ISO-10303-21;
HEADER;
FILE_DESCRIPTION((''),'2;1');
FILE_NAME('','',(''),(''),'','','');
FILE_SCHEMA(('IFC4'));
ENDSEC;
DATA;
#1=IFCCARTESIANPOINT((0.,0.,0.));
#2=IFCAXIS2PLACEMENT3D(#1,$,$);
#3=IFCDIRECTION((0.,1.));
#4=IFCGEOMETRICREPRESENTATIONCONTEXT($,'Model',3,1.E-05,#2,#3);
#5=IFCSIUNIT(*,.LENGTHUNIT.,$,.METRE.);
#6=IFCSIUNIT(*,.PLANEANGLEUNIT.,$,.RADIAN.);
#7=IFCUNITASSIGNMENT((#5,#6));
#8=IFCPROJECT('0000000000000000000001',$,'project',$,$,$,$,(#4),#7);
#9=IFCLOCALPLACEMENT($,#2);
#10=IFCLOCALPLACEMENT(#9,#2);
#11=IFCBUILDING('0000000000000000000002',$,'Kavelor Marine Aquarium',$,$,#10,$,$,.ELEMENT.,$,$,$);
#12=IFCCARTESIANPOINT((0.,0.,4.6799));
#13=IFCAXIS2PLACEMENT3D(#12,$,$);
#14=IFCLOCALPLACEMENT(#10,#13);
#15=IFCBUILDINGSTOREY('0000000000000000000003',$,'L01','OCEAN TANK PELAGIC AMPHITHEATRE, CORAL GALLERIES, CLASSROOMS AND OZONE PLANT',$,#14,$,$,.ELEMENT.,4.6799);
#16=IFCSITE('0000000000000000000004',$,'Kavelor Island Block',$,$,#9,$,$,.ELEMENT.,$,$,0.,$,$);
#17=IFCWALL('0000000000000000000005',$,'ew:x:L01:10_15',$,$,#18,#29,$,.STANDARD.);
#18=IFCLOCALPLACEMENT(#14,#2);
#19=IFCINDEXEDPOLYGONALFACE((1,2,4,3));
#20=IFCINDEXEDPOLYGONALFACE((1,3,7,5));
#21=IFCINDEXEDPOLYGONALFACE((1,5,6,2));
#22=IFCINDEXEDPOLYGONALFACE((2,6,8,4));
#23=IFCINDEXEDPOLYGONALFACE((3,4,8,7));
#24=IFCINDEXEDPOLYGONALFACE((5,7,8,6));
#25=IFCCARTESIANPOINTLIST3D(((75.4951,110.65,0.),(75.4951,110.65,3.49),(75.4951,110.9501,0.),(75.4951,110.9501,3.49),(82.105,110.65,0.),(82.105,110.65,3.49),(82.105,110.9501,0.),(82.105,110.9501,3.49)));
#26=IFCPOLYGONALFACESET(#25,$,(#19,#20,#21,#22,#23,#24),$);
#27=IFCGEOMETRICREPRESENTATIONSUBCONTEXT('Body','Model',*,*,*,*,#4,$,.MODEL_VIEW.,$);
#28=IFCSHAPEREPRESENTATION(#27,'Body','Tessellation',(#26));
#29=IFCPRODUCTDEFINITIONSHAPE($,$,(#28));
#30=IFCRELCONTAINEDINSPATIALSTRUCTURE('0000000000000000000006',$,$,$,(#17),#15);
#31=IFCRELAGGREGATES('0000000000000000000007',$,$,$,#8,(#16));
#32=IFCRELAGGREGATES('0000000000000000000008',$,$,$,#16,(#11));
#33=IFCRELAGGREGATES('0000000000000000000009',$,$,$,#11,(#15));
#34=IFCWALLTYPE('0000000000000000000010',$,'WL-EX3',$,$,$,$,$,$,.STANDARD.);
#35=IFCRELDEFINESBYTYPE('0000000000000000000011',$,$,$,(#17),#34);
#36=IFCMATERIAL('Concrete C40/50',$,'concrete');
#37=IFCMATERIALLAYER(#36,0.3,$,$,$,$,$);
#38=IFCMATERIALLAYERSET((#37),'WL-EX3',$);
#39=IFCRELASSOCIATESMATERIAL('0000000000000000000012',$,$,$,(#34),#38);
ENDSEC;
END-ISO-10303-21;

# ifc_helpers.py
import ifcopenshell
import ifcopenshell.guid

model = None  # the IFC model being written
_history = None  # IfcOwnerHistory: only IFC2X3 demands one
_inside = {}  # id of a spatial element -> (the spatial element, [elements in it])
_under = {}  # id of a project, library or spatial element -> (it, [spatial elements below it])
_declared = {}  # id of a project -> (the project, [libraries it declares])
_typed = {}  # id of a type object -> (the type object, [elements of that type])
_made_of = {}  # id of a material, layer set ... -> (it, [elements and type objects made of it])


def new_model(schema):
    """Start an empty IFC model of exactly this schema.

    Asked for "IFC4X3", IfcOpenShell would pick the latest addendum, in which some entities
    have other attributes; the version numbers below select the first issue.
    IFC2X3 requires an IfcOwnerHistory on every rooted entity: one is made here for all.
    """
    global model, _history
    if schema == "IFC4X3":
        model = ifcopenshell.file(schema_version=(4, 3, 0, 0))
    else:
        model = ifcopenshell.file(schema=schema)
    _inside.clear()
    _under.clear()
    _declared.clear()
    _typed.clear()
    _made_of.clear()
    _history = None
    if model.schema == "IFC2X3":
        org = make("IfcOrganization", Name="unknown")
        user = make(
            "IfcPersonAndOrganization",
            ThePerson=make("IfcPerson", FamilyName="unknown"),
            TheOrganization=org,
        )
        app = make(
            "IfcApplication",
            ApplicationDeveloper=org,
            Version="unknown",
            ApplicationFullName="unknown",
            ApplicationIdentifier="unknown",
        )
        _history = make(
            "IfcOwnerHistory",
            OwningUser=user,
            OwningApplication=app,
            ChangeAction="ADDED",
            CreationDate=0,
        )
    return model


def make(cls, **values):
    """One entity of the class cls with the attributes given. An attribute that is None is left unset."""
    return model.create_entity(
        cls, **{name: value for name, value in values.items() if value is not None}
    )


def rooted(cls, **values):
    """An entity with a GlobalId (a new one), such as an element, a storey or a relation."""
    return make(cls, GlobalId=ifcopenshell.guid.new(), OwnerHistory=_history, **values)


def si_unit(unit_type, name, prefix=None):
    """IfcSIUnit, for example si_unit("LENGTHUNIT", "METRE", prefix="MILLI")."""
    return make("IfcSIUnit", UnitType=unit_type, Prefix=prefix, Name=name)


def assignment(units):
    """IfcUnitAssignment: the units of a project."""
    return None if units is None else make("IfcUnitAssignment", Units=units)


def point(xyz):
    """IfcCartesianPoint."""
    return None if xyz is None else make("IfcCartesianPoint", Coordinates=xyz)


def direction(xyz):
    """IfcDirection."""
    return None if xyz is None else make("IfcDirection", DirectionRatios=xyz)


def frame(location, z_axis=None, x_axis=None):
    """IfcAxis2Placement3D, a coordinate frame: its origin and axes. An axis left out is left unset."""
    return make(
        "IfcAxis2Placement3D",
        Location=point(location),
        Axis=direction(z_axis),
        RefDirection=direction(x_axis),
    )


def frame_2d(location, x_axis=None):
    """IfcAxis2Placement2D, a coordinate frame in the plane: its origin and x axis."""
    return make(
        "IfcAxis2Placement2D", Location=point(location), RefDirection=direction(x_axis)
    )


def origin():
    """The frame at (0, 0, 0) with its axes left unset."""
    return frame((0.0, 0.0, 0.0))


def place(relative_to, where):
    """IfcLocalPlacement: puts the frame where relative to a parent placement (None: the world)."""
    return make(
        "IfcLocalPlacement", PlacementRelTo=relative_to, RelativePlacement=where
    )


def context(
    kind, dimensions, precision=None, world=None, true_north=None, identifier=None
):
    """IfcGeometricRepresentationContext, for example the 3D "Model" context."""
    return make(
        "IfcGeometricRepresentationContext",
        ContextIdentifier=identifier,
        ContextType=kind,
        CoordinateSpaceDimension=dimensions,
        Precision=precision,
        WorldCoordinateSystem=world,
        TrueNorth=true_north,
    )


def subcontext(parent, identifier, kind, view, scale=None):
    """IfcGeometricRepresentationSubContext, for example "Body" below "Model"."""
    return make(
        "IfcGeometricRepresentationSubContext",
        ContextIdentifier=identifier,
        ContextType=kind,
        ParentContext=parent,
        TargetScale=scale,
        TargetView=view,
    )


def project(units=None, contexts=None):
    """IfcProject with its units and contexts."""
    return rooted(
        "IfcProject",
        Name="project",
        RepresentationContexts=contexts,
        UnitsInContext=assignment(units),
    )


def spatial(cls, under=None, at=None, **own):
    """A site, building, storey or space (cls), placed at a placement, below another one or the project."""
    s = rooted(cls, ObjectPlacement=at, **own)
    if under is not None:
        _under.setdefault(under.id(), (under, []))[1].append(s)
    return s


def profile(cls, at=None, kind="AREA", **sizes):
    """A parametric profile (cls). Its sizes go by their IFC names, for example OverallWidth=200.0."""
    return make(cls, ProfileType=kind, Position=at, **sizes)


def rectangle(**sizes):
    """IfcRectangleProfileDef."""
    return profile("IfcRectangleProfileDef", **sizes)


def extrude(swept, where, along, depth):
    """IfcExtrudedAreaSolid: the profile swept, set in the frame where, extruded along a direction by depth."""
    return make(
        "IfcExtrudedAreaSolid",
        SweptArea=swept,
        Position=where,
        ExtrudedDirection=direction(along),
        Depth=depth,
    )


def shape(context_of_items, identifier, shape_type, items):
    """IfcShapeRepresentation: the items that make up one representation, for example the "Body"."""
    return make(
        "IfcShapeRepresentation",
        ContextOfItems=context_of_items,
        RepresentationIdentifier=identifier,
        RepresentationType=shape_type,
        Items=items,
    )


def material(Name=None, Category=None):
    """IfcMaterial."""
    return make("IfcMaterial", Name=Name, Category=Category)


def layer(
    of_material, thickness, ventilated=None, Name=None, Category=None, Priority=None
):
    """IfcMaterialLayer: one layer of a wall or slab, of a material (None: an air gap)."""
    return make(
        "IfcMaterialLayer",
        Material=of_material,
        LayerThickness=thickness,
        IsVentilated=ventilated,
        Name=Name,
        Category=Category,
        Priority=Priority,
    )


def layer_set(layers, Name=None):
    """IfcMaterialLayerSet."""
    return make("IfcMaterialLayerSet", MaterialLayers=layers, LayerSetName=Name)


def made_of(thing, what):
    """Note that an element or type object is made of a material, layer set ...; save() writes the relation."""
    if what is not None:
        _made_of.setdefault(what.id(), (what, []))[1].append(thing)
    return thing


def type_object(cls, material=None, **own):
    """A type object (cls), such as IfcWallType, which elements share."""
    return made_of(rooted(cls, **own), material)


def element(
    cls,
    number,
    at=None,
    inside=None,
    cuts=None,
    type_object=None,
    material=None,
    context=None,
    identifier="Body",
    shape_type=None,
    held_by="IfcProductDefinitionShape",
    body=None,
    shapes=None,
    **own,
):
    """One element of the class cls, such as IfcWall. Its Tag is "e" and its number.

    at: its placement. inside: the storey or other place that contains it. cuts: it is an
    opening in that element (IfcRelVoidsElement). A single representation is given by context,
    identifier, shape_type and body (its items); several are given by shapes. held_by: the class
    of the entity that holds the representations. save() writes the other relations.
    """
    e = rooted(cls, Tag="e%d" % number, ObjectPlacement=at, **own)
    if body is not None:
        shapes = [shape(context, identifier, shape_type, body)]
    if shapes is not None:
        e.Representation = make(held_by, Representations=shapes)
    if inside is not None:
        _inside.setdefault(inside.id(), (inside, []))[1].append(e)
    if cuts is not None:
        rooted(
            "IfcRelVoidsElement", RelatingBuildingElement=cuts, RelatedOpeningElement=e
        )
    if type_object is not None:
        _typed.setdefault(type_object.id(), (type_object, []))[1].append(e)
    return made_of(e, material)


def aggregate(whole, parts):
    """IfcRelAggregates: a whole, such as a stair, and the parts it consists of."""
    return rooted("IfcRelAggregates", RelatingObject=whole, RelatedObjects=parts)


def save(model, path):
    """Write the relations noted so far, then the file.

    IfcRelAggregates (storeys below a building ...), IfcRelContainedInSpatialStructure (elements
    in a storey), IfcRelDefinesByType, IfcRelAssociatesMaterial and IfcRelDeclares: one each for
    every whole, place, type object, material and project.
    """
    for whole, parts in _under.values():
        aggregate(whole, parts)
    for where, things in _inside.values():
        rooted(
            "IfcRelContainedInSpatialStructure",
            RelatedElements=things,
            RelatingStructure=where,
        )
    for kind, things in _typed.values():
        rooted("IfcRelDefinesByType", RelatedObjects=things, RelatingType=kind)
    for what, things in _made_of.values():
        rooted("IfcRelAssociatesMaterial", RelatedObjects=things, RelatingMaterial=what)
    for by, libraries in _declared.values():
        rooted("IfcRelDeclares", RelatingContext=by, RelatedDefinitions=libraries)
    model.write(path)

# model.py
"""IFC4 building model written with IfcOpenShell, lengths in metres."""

from ifc_helpers import new_model, si_unit, direction, frame, frame_2d, origin, place, context, subcontext, project, spatial, rectangle, extrude, material, layer, layer_set, type_object, element, save


model = new_model("IFC4")

# Units and contexts
model_context = context("Model", 3, precision=1e-05, world=origin(), true_north=direction((0.0, 1.0)))
body_context = subcontext(model_context, "Body", "Model", "MODEL_VIEW")
ifc_project = project(units=[si_unit("LENGTHUNIT", "METRE"), si_unit("PLANEANGLEUNIT", "RADIAN")], contexts=[model_context])

# Site, building, storey
site_placement = place(None, origin())
site = spatial("IfcSite", under=ifc_project, at=site_placement, Name="Kavelor Island Block", CompositionType="ELEMENT", RefElevation=0.0)
building_placement = place(site_placement, origin())
building = spatial("IfcBuilding", under=site, at=building_placement, Name="Kavelor Marine Aquarium", CompositionType="ELEMENT")
storey_placement = place(building_placement, frame((0.0, 0.0, 4.6799)))
storey = spatial("IfcBuildingStorey", under=building, at=storey_placement, Name="L01", Description="OCEAN TANK PELAGIC AMPHITHEATRE, CORAL GALLERIES, CLASSROOMS AND OZONE PLANT", CompositionType="ELEMENT", Elevation=4.6799)

# Wall
ifc_material_1 = material(Name="Concrete C40/50", Category="concrete")
ifc_layer_1 = layer(ifc_material_1, 0.3)
ifc_layer_set_1 = layer_set([ifc_layer_1], Name="WL-EX3")
wall_type = type_object("IfcWallType", Name="WL-EX3", PredefinedType="STANDARD", material=ifc_layer_set_1)
wall_placement = place(storey_placement, frame((75.4951, 110.8, 0.0), z_axis=(0.0, 0.0, 1.0), x_axis=(1.0, 0.0, 0.0)))
element("IfcWall", 1, at=wall_placement, inside=storey, type_object=wall_type, Name="ew:x:L01:10_15", PredefinedType="STANDARD", context=body_context, shape_type="SweptSolid", body=[
    extrude(rectangle(XDim=6.6099, YDim=0.3, at=frame_2d((3.3049, 0.0))), origin(), (0.0, 0.0, 1.0), 3.49),
])

save(model, "model.ifc")
